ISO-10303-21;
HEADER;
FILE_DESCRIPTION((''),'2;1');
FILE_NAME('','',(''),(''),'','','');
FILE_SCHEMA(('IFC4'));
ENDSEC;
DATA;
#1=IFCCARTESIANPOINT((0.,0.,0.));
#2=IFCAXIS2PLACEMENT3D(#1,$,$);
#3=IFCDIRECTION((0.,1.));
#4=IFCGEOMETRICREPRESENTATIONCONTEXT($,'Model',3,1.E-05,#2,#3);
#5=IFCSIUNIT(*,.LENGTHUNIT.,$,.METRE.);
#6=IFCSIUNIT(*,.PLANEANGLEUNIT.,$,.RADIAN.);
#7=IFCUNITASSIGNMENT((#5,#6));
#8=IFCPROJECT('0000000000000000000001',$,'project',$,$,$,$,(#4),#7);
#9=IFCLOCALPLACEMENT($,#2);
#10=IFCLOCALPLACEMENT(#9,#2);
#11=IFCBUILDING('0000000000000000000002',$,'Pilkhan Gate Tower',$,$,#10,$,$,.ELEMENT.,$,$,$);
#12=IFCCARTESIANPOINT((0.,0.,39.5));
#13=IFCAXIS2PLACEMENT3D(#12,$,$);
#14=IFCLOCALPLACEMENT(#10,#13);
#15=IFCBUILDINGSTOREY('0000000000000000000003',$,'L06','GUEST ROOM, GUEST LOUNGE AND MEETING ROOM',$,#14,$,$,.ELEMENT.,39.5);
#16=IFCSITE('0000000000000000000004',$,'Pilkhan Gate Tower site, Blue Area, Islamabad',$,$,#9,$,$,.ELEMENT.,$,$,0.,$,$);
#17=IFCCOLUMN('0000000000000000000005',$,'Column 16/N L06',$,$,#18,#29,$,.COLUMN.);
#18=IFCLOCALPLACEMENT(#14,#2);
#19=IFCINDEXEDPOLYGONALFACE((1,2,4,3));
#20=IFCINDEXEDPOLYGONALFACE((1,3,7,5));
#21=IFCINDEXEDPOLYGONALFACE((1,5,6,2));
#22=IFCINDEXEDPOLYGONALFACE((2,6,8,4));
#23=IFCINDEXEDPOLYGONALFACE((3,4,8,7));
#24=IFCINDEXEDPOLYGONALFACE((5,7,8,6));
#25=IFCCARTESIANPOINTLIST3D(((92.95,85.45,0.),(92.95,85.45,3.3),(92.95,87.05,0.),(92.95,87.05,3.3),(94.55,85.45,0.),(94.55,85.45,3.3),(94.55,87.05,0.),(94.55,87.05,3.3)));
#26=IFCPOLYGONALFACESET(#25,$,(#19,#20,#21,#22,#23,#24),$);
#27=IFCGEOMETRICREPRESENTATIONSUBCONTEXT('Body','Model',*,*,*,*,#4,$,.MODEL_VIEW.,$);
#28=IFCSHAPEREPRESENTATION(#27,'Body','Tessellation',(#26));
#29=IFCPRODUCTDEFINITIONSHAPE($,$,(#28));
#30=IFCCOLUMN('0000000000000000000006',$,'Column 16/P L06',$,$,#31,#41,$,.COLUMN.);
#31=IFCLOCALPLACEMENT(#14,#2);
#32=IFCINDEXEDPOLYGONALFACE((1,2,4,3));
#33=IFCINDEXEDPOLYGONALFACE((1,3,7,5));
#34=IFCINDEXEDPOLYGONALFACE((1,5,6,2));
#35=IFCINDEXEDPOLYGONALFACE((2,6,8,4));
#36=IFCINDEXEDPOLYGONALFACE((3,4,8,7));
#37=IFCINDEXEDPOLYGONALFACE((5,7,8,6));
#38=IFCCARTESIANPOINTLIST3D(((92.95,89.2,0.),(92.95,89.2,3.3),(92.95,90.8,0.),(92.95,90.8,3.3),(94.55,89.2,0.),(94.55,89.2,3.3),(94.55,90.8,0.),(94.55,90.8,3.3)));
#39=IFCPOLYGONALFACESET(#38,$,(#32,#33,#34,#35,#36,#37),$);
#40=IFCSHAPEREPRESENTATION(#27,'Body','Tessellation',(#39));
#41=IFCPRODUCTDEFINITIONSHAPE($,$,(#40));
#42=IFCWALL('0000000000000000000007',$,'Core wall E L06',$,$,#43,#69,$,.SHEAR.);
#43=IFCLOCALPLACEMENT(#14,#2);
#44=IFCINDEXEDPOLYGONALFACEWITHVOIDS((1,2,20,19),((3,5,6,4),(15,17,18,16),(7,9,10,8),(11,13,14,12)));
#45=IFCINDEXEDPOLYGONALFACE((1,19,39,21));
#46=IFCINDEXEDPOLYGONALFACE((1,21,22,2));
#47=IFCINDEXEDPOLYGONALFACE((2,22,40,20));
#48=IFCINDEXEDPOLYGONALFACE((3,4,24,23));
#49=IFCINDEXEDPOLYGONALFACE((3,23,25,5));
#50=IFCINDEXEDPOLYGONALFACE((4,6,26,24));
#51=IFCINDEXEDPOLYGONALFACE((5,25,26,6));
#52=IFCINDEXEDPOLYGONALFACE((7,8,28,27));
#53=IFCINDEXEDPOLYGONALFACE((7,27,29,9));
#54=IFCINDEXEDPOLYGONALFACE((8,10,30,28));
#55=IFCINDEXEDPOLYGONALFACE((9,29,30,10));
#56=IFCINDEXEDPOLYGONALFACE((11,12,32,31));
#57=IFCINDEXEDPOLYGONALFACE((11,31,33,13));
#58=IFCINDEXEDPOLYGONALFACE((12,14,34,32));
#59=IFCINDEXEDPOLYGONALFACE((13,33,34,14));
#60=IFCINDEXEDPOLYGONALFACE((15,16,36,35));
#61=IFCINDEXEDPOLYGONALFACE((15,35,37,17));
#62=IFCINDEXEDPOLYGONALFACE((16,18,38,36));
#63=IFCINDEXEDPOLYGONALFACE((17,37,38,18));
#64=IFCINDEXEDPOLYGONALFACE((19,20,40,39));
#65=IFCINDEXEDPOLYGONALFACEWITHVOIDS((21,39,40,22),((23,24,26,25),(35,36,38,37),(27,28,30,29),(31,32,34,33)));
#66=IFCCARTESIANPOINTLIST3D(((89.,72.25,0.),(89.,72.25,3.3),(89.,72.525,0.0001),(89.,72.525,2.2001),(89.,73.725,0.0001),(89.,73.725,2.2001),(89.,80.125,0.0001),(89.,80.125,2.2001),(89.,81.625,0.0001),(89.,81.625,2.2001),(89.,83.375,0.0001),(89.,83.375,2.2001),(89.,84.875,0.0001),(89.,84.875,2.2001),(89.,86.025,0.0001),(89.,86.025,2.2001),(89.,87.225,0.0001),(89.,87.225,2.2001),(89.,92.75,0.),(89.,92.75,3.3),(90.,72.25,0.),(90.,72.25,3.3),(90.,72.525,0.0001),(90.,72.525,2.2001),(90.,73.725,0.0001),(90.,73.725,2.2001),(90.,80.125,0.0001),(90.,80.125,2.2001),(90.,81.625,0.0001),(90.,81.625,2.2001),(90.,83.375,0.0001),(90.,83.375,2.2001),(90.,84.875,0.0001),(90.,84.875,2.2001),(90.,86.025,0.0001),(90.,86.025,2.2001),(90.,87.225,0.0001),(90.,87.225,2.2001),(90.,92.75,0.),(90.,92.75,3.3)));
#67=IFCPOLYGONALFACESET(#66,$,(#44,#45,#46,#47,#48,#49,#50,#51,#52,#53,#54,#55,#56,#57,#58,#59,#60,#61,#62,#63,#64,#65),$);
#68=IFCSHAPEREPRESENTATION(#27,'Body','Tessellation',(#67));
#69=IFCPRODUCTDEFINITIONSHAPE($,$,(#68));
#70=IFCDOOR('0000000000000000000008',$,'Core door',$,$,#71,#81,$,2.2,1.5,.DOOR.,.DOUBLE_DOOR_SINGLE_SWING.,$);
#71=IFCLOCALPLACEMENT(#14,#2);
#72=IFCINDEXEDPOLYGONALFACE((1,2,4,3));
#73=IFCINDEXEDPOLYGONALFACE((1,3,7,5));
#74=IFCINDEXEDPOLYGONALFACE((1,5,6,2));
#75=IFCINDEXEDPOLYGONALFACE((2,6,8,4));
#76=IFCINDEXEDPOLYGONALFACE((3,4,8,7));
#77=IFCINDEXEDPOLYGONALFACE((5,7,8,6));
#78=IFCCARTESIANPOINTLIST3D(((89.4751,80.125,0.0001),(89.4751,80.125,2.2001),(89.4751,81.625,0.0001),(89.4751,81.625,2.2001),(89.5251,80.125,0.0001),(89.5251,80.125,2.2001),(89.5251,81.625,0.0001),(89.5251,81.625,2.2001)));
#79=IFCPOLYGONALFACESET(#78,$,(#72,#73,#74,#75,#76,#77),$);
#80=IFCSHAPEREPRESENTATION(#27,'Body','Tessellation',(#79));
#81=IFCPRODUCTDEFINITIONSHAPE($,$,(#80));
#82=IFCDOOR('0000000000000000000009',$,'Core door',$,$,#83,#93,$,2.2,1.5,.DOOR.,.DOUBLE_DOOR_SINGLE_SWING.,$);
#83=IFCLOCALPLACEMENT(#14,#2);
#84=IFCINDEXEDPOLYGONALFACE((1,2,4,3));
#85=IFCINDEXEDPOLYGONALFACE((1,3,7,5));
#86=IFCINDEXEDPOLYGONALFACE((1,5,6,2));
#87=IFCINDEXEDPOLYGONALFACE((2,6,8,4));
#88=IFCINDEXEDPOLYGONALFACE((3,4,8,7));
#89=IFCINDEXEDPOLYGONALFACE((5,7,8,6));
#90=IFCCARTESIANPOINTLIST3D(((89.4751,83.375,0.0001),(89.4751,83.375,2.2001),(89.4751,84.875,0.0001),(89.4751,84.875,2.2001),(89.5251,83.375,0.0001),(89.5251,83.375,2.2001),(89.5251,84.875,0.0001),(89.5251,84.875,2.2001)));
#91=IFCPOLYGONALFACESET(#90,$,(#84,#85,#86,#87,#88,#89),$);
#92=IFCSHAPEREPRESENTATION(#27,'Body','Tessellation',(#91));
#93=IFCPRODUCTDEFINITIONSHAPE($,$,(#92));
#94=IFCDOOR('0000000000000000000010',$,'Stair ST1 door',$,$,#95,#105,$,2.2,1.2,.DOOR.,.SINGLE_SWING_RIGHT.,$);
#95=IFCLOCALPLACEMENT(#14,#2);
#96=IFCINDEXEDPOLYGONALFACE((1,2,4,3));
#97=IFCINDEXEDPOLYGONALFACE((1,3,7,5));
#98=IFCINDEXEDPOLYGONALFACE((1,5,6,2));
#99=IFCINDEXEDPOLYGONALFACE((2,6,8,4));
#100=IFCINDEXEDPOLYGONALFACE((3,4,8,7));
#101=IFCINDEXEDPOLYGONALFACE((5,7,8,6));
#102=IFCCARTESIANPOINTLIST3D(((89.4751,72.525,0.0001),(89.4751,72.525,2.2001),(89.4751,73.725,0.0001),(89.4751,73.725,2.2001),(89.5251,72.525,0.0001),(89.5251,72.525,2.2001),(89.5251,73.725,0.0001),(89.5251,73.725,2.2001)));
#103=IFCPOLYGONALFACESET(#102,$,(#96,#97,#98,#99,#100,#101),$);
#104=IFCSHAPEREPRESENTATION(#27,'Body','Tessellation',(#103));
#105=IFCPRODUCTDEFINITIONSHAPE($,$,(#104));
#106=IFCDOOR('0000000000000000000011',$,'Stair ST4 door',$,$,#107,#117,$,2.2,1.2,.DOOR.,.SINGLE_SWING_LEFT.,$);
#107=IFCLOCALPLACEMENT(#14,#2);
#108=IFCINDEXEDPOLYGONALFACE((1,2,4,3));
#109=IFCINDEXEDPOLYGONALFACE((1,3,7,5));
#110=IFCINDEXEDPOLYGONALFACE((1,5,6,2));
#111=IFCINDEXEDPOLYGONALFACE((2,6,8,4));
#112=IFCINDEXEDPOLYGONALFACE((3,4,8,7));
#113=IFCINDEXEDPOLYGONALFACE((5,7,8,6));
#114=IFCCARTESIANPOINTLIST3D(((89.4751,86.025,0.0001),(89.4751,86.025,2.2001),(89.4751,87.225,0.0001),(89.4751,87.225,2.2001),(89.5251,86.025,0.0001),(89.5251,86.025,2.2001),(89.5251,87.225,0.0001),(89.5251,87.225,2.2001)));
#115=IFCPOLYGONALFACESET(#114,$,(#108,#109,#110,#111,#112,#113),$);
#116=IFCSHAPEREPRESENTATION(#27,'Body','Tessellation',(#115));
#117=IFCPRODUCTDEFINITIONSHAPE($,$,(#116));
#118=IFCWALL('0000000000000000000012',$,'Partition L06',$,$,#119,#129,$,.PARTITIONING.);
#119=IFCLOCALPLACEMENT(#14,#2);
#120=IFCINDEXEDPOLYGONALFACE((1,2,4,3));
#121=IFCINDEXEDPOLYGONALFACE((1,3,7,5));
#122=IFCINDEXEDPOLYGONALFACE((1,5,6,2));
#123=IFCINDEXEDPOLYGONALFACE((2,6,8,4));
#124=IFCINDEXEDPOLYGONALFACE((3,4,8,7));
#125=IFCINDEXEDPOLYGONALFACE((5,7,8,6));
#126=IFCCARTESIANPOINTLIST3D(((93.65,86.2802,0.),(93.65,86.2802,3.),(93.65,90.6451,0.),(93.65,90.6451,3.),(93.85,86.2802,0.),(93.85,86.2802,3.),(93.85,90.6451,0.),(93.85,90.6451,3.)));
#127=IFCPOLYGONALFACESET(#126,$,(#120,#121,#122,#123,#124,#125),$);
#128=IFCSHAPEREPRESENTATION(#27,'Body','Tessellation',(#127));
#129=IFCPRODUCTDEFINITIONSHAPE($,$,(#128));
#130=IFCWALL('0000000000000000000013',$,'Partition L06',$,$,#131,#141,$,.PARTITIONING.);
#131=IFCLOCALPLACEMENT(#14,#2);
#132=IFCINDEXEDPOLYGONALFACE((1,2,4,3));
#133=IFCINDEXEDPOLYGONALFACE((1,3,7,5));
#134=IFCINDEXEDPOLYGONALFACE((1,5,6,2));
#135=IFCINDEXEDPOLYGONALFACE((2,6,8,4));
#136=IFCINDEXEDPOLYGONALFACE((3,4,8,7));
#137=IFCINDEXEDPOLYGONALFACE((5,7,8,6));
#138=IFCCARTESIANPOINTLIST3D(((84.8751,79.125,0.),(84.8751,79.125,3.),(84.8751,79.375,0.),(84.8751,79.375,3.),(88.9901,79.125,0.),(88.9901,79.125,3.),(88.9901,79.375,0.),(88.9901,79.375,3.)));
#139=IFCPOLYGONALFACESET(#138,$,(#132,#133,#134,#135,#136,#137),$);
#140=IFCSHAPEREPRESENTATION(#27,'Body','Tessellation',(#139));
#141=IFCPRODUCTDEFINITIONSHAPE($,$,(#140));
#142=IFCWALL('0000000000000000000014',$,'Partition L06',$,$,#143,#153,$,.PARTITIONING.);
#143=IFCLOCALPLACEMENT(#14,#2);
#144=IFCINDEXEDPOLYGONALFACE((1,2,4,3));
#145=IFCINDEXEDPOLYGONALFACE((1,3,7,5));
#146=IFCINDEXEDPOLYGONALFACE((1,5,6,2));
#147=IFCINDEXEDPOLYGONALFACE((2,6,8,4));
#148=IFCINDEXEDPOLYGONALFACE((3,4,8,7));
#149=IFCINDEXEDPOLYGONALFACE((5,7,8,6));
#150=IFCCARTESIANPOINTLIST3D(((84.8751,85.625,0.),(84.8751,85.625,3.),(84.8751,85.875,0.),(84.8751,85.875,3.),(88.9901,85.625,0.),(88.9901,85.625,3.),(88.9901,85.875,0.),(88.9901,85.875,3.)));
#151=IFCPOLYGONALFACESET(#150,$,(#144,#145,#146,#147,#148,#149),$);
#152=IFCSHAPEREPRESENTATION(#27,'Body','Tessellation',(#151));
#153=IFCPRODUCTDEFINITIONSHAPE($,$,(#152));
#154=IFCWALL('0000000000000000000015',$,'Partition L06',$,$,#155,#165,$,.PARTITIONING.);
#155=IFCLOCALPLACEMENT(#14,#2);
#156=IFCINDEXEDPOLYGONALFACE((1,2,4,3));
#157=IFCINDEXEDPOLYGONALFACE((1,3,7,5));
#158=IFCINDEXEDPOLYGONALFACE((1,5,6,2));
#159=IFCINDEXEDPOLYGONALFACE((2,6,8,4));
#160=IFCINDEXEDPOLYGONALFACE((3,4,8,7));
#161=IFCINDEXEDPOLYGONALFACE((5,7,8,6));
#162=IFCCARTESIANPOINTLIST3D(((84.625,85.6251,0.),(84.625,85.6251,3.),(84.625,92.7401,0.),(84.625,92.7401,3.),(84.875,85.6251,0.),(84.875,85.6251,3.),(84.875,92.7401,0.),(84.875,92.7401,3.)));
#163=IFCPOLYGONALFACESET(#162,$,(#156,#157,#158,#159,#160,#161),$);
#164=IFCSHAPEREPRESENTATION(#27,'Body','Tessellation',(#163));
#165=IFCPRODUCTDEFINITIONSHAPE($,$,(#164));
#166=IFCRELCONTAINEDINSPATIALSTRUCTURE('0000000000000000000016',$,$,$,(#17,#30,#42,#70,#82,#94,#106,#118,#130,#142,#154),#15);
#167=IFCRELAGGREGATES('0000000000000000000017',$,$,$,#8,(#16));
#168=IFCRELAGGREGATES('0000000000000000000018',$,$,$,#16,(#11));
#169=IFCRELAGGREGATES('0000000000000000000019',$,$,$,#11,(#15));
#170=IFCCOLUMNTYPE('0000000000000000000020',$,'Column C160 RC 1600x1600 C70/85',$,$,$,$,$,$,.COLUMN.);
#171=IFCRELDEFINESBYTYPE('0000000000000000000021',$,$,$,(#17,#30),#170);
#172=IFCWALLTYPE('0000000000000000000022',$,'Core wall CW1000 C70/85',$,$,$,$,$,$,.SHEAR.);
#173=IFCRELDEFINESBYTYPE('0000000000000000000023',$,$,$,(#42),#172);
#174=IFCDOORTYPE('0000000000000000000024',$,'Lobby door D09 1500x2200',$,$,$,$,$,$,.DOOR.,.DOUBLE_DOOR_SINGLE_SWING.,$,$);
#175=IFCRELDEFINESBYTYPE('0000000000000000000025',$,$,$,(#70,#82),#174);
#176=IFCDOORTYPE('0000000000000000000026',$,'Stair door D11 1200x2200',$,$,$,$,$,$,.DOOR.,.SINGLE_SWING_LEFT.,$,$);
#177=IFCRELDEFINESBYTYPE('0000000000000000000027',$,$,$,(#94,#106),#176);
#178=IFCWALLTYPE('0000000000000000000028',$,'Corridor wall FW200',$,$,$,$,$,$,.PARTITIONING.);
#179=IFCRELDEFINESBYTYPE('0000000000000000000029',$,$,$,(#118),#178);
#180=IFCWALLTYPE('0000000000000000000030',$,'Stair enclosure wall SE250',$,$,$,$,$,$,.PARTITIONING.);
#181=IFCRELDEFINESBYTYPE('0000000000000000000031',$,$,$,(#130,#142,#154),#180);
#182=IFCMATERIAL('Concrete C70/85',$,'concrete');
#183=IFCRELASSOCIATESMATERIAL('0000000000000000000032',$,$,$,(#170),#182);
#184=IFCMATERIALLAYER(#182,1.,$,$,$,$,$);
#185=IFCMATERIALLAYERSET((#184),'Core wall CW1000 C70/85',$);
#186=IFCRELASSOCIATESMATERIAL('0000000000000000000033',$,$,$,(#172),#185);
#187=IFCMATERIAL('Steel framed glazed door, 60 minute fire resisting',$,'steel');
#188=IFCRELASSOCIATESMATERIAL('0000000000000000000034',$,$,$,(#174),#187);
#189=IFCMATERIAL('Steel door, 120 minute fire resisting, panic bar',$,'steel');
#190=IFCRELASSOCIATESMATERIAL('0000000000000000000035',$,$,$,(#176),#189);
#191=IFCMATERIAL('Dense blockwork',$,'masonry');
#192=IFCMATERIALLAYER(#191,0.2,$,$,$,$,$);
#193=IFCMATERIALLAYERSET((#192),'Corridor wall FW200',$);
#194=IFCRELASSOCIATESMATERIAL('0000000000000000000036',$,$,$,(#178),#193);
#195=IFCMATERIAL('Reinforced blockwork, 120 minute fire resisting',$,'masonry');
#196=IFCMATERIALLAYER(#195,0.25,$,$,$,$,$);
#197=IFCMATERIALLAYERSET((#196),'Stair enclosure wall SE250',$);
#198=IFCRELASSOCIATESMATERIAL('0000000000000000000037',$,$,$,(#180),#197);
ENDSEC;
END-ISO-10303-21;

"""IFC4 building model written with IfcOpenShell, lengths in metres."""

from ifc_helpers import new_model, si_unit, direction, frame, frame_2d, origin, origin_2d, place, context, subcontext, project, spatial, rectangle, extrude, material, layer, layer_set, material_profile, profile_set, type_object, element, fill, save


model = new_model("IFC4")

# Units and contexts
model_context = context("Model", 3, precision=1e-05, world=origin(), true_north=direction((0.0, 1.0)))
body_context = subcontext(model_context, "Body", "Model", "MODEL_VIEW")
ifc_project = project(units=[si_unit("LENGTHUNIT", "METRE"), si_unit("PLANEANGLEUNIT", "RADIAN")], contexts=[model_context])

# Site, building, storey
site_placement = place(None, origin())
site = spatial("IfcSite", under=ifc_project, at=site_placement, Name="Pilkhan Gate Tower site, Blue Area, Islamabad", CompositionType="ELEMENT", RefElevation=0.0)
building_placement = place(site_placement, origin())
building = spatial("IfcBuilding", under=site, at=building_placement, Name="Pilkhan Gate Tower", CompositionType="ELEMENT")
storey_placement = place(building_placement, frame((0.0, 0.0, 39.5)))
storey = spatial("IfcBuildingStorey", under=building, at=storey_placement, Name="L06", Description="GUEST ROOM, GUEST LOUNGE AND MEETING ROOM", CompositionType="ELEMENT", Elevation=39.5)

# Columns
ifc_material_1 = material(Name="Concrete C70/85", Category="concrete")
ifc_material_profile = material_profile(ifc_material_1, rectangle(XDim=1.6001, YDim=1.6001, at=origin_2d()), Name="RC 1600x1600")
ifc_profile_set = profile_set([ifc_material_profile], Name="Concrete C70/85")
column_type = type_object("IfcColumnType", Name="Column C160 RC 1600x1600 C70/85", PredefinedType="COLUMN", material=ifc_profile_set)
for number, where, z_axis, x_axis, name in (
    (1, (93.75, 86.25, 0.0), (0.0, 0.0, 1.0), (1.0, 0.0, 0.0), "Column 16/N L06"),
    (2, (93.75, 90.0, 0.0), (0.0, 0.0, 1.0), (1.0, 0.0, 0.0), "Column 16/P L06"),
):
    element("IfcColumn", number, at=place(storey_placement, frame(where, z_axis=z_axis, x_axis=x_axis)), inside=storey, type_object=column_type, Name=name, PredefinedType="COLUMN", context=body_context, shape_type="SweptSolid", body=[
        extrude(rectangle(XDim=1.6001, YDim=1.6001, at=origin_2d()), origin(), (0.0, 0.0, 1.0), 3.3),
    ])

# Wall, openings, doors
ifc_layer_1 = layer(ifc_material_1, 1.0)
ifc_layer_set_1 = layer_set([ifc_layer_1], Name="Core wall CW1000 C70/85")
wall_type_1 = type_object("IfcWallType", Name="Core wall CW1000 C70/85", PredefinedType="SHEAR", material=ifc_layer_set_1)
wall_1_placement = place(storey_placement, frame((89.5, 72.25, 0.0), z_axis=(0.0, 0.0, 1.0), x_axis=(0.0, 1.0, 0.0)))
wall_1 = element("IfcWall", 3, at=wall_1_placement, inside=storey, type_object=wall_type_1, Name="Core wall E L06", PredefinedType="SHEAR", context=body_context, shape_type="SweptSolid", body=[
    extrude(rectangle(XDim=20.5, YDim=1.0, at=frame_2d((10.25, 0.0))), origin(), (0.0, 0.0, 1.0), 3.3),
])
opening_1_placement = place(wall_1_placement, frame((0.2749, 0.0, 0.0)))
opening_1 = element("IfcOpeningElement", 4, at=opening_1_placement, cuts=wall_1, PredefinedType="OPENING", context=body_context, shape_type="SweptSolid", body=[
    extrude(rectangle(XDim=1.2, YDim=2.2, at=frame_2d((0.6001, 1.1001))), frame((0.0, 0.51, 0.0), z_axis=(0.0, -1.0, 0.0), x_axis=(1.0, 0.0, 0.0)), (0.0, 0.0, 1.0), 1.02),
])
opening_2_placement = place(wall_1_placement, frame((13.7749, 0.0, 0.0)))
opening_2 = element("IfcOpeningElement", 5, at=opening_2_placement, cuts=wall_1, PredefinedType="OPENING", context=body_context, shape_type="SweptSolid", body=[
    extrude(rectangle(XDim=1.2, YDim=2.2, at=frame_2d((0.6001, 1.1001))), frame((0.0, 0.51, 0.0), z_axis=(0.0, -1.0, 0.0), x_axis=(1.0, 0.0, 0.0)), (0.0, 0.0, 1.0), 1.02),
])
opening_3_placement = place(wall_1_placement, frame((7.875, 0.0, 0.0)))
opening_3 = element("IfcOpeningElement", 6, at=opening_3_placement, cuts=wall_1, PredefinedType="OPENING", context=body_context, shape_type="SweptSolid", body=[
    extrude(rectangle(XDim=1.5, YDim=2.2, at=frame_2d((0.75, 1.1001))), frame((0.0, 0.51, 0.0), z_axis=(0.0, -1.0, 0.0), x_axis=(1.0, 0.0, 0.0)), (0.0, 0.0, 1.0), 1.02),
])
opening_4_placement = place(wall_1_placement, frame((11.125, 0.0, 0.0)))
opening_4 = element("IfcOpeningElement", 7, at=opening_4_placement, cuts=wall_1, PredefinedType="OPENING", context=body_context, shape_type="SweptSolid", body=[
    extrude(rectangle(XDim=1.5, YDim=2.2, at=frame_2d((0.75, 1.1001))), frame((0.0, 0.51, 0.0), z_axis=(0.0, -1.0, 0.0), x_axis=(1.0, 0.0, 0.0)), (0.0, 0.0, 1.0), 1.02),
])
ifc_material_2 = material(Name="Steel framed glazed door, 60 minute fire resisting", Category="steel")
door_type_1 = type_object("IfcDoorType", Name="Lobby door D09 1500x2200", OperationType="DOUBLE_DOOR_SINGLE_SWING", PredefinedType="DOOR", material=ifc_material_2)
door_1_placement = place(opening_3_placement, origin())
door_1 = element("IfcDoor", 8, at=door_1_placement, inside=storey, type_object=door_type_1, Name="Core door", OperationType="DOUBLE_DOOR_SINGLE_SWING", OverallHeight=2.2, OverallWidth=1.5, PredefinedType="DOOR", context=body_context, shape_type="SweptSolid", body=[
    extrude(rectangle(XDim=1.5, YDim=2.2, at=frame_2d((0.75, 1.1001))), frame((0.0, 0.0249, 0.0), z_axis=(0.0, -1.0, 0.0), x_axis=(1.0, 0.0, 0.0)), (0.0, 0.0, 1.0), 0.05),
])
fill(opening_3, door_1)
door_2_placement = place(opening_4_placement, origin())
door_2 = element("IfcDoor", 9, at=door_2_placement, inside=storey, type_object=door_type_1, Name="Core door", OperationType="DOUBLE_DOOR_SINGLE_SWING", OverallHeight=2.2, OverallWidth=1.5, PredefinedType="DOOR", context=body_context, shape_type="SweptSolid", body=[
    extrude(rectangle(XDim=1.5, YDim=2.2, at=frame_2d((0.75, 1.1001))), frame((0.0, 0.0249, 0.0), z_axis=(0.0, -1.0, 0.0), x_axis=(1.0, 0.0, 0.0)), (0.0, 0.0, 1.0), 0.05),
])
fill(opening_4, door_2)
ifc_material_3 = material(Name="Steel door, 120 minute fire resisting, panic bar", Category="steel")
door_type_2 = type_object("IfcDoorType", Name="Stair door D11 1200x2200", OperationType="SINGLE_SWING_LEFT", PredefinedType="DOOR", material=ifc_material_3)
door_3_placement = place(opening_1_placement, origin())
door_3 = element("IfcDoor", 10, at=door_3_placement, inside=storey, type_object=door_type_2, Name="Stair ST1 door", OperationType="SINGLE_SWING_RIGHT", OverallHeight=2.2, OverallWidth=1.2, PredefinedType="DOOR", context=body_context, shape_type="SweptSolid", body=[
    extrude(rectangle(XDim=1.2, YDim=2.2, at=frame_2d((0.6001, 1.1001))), frame((0.0, 0.0249, 0.0), z_axis=(0.0, -1.0, 0.0), x_axis=(1.0, 0.0, 0.0)), (0.0, 0.0, 1.0), 0.05),
])
fill(opening_1, door_3)
door_4_placement = place(opening_2_placement, origin())
door_4 = element("IfcDoor", 11, at=door_4_placement, inside=storey, type_object=door_type_2, Name="Stair ST4 door", OperationType="SINGLE_SWING_LEFT", OverallHeight=2.2, OverallWidth=1.2, PredefinedType="DOOR", context=body_context, shape_type="SweptSolid", body=[
    extrude(rectangle(XDim=1.2, YDim=2.2, at=frame_2d((0.6001, 1.1001))), frame((0.0, 0.0249, 0.0), z_axis=(0.0, -1.0, 0.0), x_axis=(1.0, 0.0, 0.0)), (0.0, 0.0, 1.0), 0.05),
])
fill(opening_2, door_4)

# Walls
ifc_material_4 = material(Name="Dense blockwork", Category="masonry")
ifc_layer_2 = layer(ifc_material_4, 0.2)
ifc_layer_set_2 = layer_set([ifc_layer_2], Name="Corridor wall FW200")
wall_type_2 = type_object("IfcWallType", Name="Corridor wall FW200", PredefinedType="PARTITIONING", material=ifc_layer_set_2)
wall_2_placement = place(storey_placement, frame((93.75, 86.28, 0.0), z_axis=(0.0, 0.0, 1.0), x_axis=(0.0, 1.0, 0.0)))
element("IfcWall", 12, at=wall_2_placement, inside=storey, type_object=wall_type_2, Name="Partition L06", PredefinedType="PARTITIONING", context=body_context, shape_type="SweptSolid", body=[
    extrude(rectangle(XDim=4.365, YDim=0.2, at=frame_2d((2.1826, 0.0))), origin(), (0.0, 0.0, 1.0), 3.0),
])
ifc_material_5 = material(Name="Reinforced blockwork, 120 minute fire resisting", Category="masonry")
ifc_layer_3 = layer(ifc_material_5, 0.25)
ifc_layer_set_3 = layer_set([ifc_layer_3], Name="Stair enclosure wall SE250")
wall_type_3 = type_object("IfcWallType", Name="Stair enclosure wall SE250", PredefinedType="PARTITIONING", material=ifc_layer_set_3)
for number, where, z_axis, x_axis, name in (
    (13, (84.875, 79.25, 0.0), (0.0, 0.0, 1.0), (1.0, 0.0, 0.0), "Partition L06"),
    (14, (84.875, 85.75, 0.0), (0.0, 0.0, 1.0), (1.0, 0.0, 0.0), "Partition L06"),
):
    element("IfcWall", number, at=place(storey_placement, frame(where, z_axis=z_axis, x_axis=x_axis)), inside=storey, type_object=wall_type_3, Name=name, PredefinedType="PARTITIONING", context=body_context, shape_type="SweptSolid", body=[
        extrude(rectangle(XDim=4.115, YDim=0.25, at=frame_2d((2.0576, 0.0))), origin(), (0.0, 0.0, 1.0), 3.0),
    ])
wall_3_placement = place(storey_placement, frame((84.75, 85.625, 0.0), z_axis=(0.0, 0.0, 1.0), x_axis=(0.0, 1.0, 0.0)))
element("IfcWall", 15, at=wall_3_placement, inside=storey, type_object=wall_type_3, Name="Partition L06", PredefinedType="PARTITIONING", context=body_context, shape_type="SweptSolid", body=[
    extrude(rectangle(XDim=7.115, YDim=0.25, at=frame_2d((3.5576, 0.0))), origin(), (0.0, 0.0, 1.0), 3.0),
])

save(model, "model.ifc")
